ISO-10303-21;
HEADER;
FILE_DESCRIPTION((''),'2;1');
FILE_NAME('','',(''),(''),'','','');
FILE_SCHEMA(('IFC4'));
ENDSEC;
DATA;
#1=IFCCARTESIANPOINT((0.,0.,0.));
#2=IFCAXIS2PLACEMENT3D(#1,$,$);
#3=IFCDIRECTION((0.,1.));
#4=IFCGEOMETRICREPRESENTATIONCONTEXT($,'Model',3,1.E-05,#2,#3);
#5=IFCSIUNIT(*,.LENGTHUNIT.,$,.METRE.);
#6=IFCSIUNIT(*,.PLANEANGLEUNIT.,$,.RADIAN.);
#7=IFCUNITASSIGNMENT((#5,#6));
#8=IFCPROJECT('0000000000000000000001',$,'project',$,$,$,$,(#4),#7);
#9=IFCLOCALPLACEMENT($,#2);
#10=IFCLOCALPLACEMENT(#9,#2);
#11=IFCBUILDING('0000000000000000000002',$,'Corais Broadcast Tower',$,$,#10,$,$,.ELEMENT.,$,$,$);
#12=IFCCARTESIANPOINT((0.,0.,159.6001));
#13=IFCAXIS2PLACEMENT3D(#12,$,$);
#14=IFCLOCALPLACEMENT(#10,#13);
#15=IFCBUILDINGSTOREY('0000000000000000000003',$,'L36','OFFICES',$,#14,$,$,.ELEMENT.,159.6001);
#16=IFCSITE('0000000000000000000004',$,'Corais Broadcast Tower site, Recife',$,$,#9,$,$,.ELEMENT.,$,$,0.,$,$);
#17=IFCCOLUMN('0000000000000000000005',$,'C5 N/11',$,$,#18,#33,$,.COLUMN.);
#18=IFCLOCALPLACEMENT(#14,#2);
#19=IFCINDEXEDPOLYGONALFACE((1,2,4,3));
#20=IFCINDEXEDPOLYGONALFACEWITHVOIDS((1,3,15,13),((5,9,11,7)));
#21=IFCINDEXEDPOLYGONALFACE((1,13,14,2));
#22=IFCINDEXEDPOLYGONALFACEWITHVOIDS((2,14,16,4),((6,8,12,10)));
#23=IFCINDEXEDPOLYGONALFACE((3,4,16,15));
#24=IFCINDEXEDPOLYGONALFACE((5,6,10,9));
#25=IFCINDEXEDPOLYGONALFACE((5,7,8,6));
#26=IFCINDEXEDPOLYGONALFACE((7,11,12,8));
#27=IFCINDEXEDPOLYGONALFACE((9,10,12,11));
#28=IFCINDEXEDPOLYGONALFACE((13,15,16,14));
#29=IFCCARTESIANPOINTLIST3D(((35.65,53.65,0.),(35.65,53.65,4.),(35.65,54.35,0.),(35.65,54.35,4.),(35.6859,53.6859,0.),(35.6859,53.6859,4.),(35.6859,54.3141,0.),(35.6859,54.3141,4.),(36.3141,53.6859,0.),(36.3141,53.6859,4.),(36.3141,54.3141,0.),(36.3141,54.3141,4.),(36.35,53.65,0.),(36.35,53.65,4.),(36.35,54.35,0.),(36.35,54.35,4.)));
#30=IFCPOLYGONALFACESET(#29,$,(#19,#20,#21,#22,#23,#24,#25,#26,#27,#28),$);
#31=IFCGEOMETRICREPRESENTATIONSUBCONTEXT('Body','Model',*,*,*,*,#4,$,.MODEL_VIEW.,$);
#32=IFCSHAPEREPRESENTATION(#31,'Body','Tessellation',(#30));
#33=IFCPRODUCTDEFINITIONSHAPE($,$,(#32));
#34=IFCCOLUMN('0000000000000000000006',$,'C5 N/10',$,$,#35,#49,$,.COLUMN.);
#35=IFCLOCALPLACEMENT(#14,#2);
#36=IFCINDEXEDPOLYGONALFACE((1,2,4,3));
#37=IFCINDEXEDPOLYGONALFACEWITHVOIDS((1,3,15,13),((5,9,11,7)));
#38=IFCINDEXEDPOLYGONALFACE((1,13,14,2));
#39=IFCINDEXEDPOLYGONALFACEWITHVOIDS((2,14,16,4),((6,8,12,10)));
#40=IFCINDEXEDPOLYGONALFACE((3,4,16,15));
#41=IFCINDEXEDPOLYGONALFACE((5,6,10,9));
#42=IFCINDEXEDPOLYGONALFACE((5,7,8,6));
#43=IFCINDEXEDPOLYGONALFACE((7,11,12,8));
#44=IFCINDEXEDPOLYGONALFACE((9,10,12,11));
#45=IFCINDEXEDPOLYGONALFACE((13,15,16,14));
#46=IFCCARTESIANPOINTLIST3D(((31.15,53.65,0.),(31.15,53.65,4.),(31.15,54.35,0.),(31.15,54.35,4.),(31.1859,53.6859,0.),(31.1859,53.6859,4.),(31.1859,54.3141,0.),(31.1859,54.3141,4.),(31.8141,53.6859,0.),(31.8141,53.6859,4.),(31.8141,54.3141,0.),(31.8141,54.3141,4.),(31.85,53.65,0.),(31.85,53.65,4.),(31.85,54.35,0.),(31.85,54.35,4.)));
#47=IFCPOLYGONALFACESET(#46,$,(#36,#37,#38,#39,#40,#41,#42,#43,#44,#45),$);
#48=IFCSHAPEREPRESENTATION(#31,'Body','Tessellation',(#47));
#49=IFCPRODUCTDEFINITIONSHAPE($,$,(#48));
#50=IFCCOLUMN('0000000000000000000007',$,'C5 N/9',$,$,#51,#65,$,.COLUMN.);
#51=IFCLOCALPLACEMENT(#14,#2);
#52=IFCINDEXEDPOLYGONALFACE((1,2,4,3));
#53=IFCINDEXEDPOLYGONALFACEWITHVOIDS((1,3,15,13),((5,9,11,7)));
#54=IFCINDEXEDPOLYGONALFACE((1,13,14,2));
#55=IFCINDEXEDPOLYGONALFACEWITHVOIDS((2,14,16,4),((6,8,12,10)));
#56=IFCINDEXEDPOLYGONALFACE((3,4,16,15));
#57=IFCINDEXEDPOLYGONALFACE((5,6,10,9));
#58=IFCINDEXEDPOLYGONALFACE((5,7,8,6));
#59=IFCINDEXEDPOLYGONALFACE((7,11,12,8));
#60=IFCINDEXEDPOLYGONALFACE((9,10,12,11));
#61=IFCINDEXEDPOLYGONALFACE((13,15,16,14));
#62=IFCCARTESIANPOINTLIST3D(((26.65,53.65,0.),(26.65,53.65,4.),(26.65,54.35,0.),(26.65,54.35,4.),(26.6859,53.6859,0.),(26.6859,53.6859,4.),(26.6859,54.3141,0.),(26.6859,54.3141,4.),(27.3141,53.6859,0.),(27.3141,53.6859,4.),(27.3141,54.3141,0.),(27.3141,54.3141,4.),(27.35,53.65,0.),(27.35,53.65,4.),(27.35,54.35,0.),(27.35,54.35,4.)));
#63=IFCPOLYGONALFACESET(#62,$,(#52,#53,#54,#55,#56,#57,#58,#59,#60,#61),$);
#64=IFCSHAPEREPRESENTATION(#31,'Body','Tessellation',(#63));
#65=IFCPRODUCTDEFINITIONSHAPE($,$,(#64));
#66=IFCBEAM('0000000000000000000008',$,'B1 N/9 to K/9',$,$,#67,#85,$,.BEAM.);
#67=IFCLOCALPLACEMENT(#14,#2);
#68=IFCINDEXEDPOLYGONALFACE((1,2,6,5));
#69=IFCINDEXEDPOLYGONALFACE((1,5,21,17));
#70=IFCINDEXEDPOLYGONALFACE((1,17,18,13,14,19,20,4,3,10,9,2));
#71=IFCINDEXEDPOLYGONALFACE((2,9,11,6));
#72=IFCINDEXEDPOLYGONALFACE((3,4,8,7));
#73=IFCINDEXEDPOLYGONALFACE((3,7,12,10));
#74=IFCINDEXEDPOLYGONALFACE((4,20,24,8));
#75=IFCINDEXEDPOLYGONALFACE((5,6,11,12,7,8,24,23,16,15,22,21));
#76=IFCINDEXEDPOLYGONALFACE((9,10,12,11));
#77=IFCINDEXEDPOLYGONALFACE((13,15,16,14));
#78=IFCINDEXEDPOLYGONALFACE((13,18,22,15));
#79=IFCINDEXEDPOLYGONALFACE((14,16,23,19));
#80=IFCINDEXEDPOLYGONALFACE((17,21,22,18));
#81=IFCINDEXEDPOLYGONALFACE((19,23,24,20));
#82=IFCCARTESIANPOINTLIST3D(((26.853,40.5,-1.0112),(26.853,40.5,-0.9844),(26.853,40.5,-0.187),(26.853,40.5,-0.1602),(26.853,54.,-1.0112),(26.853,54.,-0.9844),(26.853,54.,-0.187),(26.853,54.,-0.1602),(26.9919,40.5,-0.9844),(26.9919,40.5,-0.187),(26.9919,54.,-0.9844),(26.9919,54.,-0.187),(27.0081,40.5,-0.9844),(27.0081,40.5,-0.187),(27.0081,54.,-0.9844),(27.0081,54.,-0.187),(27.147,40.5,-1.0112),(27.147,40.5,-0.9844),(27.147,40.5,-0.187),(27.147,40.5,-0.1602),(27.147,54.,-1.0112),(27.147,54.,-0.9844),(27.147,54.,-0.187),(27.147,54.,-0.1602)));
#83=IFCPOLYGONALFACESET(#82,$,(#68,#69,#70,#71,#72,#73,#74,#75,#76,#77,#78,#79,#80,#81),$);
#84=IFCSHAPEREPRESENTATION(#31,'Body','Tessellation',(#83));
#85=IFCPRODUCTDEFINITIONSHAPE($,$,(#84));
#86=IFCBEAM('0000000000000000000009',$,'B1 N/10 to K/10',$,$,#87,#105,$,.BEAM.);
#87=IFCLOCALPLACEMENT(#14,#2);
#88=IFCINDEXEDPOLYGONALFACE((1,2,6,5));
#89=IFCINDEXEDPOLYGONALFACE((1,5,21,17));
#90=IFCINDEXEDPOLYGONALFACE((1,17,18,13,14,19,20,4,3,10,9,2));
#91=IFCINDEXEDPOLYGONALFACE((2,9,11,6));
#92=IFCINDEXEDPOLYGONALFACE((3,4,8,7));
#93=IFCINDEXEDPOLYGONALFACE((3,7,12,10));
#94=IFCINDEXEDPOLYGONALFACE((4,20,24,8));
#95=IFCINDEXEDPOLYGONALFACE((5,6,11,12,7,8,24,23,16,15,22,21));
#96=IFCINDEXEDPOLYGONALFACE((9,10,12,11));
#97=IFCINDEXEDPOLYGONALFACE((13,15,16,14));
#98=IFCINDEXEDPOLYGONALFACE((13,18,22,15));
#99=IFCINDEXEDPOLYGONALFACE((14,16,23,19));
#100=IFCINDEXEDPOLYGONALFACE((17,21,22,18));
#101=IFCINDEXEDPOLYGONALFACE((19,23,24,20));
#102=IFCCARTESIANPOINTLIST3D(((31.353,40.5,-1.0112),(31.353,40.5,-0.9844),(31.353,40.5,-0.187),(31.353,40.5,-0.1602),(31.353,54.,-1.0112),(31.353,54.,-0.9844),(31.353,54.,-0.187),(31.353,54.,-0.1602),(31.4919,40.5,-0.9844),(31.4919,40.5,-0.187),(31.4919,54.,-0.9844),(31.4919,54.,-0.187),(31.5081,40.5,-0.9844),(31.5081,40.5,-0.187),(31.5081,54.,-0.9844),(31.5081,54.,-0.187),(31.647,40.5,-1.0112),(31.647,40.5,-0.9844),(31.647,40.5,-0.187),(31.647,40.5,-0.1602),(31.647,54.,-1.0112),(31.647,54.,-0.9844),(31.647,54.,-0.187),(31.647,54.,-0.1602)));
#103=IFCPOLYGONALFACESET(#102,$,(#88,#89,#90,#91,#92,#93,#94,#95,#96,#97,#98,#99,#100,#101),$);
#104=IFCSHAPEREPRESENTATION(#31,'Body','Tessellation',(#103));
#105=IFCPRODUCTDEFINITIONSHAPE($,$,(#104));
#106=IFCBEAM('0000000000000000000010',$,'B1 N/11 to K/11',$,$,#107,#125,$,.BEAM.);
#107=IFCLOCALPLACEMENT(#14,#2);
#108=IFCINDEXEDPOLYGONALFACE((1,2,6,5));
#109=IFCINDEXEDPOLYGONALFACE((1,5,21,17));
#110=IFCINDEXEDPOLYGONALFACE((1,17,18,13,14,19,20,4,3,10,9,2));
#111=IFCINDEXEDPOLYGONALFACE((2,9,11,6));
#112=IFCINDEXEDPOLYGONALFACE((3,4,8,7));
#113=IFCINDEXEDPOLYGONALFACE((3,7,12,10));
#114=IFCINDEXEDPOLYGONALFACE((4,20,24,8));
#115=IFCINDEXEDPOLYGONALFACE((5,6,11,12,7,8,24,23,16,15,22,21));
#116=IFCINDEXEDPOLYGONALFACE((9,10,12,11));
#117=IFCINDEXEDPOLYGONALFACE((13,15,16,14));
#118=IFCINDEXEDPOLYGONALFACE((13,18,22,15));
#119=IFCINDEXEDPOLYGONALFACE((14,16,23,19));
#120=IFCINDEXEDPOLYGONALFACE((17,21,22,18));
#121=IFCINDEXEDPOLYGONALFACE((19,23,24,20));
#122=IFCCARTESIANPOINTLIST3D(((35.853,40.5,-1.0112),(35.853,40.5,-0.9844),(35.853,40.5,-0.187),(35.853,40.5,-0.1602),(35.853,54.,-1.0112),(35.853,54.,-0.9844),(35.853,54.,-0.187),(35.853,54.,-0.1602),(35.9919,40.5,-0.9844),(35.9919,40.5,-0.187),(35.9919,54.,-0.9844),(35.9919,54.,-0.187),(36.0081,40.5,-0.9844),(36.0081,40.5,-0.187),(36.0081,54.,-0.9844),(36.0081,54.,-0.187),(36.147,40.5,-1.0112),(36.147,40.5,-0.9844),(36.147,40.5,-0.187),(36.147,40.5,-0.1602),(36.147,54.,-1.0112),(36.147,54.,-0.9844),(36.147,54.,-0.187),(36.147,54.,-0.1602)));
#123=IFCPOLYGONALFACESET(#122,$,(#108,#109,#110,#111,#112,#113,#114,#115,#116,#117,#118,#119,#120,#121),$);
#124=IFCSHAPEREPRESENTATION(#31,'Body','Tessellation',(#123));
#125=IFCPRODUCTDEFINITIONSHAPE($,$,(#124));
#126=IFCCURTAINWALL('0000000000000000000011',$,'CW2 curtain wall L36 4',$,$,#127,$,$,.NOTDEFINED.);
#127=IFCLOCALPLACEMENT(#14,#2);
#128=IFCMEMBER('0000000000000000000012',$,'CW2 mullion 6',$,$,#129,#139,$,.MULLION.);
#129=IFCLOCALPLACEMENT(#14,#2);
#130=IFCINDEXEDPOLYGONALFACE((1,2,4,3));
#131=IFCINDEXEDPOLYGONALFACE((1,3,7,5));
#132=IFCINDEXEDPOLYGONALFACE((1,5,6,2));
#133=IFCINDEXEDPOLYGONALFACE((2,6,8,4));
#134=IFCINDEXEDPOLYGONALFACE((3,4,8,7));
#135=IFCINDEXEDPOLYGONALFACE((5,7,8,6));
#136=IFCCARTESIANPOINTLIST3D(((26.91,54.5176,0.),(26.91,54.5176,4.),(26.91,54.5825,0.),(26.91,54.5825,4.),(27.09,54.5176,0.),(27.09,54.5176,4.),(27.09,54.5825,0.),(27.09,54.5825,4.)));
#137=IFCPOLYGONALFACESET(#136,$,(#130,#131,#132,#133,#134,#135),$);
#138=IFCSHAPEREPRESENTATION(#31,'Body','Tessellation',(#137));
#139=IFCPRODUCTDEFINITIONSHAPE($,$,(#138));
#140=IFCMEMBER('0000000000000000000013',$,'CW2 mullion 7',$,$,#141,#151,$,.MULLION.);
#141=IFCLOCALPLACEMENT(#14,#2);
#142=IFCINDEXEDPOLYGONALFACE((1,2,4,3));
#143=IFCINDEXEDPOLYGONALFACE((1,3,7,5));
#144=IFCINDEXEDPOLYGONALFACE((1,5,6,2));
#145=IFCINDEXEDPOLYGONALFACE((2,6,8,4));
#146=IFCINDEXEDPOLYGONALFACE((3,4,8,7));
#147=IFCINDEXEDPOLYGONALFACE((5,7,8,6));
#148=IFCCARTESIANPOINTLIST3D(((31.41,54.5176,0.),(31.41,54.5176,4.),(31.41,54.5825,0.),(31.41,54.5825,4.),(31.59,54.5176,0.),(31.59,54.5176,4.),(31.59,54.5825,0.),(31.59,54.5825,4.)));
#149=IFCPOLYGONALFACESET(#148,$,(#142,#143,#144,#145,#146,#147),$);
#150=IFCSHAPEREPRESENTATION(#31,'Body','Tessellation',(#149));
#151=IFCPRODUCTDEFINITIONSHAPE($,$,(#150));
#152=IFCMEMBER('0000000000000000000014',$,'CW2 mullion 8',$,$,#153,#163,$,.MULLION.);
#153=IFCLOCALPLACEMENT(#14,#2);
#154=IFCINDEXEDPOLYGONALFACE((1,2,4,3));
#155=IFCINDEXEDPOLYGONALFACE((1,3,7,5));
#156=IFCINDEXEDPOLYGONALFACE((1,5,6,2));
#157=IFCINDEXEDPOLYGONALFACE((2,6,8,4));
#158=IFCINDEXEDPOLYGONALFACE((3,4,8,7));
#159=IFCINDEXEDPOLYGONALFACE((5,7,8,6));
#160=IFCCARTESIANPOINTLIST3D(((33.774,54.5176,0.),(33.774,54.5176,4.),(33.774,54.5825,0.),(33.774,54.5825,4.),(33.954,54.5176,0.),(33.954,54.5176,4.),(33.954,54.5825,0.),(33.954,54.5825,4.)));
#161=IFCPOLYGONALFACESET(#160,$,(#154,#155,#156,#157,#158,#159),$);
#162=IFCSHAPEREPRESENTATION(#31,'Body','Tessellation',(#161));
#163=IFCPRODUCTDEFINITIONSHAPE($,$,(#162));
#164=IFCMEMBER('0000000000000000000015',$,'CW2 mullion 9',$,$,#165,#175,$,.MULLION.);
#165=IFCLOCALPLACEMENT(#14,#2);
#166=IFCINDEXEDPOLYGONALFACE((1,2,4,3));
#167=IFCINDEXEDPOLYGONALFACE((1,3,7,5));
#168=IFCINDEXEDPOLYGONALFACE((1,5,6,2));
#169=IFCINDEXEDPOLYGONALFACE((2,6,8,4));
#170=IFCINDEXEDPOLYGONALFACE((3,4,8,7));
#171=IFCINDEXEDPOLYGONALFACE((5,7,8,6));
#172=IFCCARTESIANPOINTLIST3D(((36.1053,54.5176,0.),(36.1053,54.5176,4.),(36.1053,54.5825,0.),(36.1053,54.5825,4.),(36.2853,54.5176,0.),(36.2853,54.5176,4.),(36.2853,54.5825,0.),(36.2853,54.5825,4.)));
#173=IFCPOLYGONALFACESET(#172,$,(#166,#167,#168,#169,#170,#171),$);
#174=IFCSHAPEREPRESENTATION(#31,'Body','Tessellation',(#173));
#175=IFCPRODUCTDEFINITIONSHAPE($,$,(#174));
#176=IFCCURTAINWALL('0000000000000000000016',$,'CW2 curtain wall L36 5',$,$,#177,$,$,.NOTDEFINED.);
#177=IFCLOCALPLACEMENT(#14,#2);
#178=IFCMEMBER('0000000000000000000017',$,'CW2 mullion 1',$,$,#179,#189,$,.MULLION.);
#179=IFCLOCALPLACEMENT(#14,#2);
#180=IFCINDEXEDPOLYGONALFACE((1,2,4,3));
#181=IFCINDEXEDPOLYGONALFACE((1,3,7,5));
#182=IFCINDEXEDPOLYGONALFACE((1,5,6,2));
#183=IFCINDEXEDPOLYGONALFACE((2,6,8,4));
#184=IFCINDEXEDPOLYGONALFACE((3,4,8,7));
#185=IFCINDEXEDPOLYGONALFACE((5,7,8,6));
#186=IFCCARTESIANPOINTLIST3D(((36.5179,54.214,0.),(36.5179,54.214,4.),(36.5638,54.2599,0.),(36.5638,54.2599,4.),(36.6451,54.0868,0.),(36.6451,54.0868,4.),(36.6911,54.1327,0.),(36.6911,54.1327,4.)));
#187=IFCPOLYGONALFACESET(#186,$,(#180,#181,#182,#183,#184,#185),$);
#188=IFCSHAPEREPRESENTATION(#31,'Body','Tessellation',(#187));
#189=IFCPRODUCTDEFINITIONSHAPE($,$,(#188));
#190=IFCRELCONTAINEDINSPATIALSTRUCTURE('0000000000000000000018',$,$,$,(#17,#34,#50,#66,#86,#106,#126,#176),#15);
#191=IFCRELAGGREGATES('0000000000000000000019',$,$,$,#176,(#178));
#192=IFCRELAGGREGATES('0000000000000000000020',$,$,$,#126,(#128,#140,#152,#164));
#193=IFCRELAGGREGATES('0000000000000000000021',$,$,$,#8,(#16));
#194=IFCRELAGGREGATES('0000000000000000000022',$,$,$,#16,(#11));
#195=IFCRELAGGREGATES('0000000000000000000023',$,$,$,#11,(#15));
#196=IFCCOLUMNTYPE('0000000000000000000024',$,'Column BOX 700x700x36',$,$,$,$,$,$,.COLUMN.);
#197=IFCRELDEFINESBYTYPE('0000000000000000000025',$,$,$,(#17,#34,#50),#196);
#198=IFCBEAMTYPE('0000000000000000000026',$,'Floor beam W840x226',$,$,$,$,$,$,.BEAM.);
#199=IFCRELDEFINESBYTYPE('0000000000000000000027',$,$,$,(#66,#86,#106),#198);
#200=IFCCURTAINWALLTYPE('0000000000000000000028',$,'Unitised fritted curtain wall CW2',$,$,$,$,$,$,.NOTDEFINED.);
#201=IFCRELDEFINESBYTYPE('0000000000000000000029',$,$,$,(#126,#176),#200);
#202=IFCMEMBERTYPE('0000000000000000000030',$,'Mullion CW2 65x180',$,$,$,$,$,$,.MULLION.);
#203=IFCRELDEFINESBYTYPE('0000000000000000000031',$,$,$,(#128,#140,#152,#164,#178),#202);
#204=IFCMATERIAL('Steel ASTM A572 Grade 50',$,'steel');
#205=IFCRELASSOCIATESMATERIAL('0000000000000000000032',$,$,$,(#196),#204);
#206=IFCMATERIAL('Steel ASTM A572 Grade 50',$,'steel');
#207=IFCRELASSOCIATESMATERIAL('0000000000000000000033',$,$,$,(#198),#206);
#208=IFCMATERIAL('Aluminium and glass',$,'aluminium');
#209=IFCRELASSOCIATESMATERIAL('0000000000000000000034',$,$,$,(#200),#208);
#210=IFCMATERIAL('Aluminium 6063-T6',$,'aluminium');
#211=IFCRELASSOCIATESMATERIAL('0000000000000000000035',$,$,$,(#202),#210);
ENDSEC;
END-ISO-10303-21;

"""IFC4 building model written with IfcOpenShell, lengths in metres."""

from ifc_helpers import new_model, si_unit, direction, frame, origin, origin_2d, place, context, subcontext, project, spatial, rectangle, hollow_rectangle, i_section, extrude, material, material_profile, profile_set, type_object, element, aggregate, save


model = new_model("IFC4")

# Units and contexts
model_context = context("Model", 3, precision=1e-05, world=origin(), true_north=direction((0.0, 1.0)))
body_context = subcontext(model_context, "Body", "Model", "MODEL_VIEW")
ifc_project = project(units=[si_unit("LENGTHUNIT", "METRE"), si_unit("PLANEANGLEUNIT", "RADIAN")], contexts=[model_context])

# Site, building, storey
site_placement = place(None, origin())
site = spatial("IfcSite", under=ifc_project, at=site_placement, Name="Corais Broadcast Tower site, Recife", CompositionType="ELEMENT", RefElevation=0.0)
building_placement = place(site_placement, origin())
building = spatial("IfcBuilding", under=site, at=building_placement, Name="Corais Broadcast Tower", CompositionType="ELEMENT")
storey_placement = place(building_placement, frame((0.0, 0.0, 159.6001)))
storey = spatial("IfcBuildingStorey", under=building, at=storey_placement, Name="L36", Description="OFFICES", CompositionType="ELEMENT", Elevation=159.6001)

# Columns
ifc_material_1 = material(Name="Steel ASTM A572 Grade 50", Category="steel")
ifc_material_profile_1 = material_profile(ifc_material_1, hollow_rectangle(XDim=0.7, YDim=0.7, WallThickness=0.0359, at=origin_2d()), Name="BOX 700x700x36")
ifc_profile_set_1 = profile_set([ifc_material_profile_1], Name="Steel ASTM A572 Grade 50")
column_type = type_object("IfcColumnType", Name="Column BOX 700x700x36", PredefinedType="COLUMN", material=ifc_profile_set_1)
for number, where, z_axis, x_axis, name in (
    (1, (36.0, 54.0, 0.0), (0.0, 0.0, 1.0), (1.0, 0.0, 0.0), "C5 N/11"),
    (2, (31.5, 54.0, 0.0), (0.0, 0.0, 1.0), (1.0, 0.0, 0.0), "C5 N/10"),
    (3, (27.0, 54.0, 0.0), (0.0, 0.0, 1.0), (1.0, 0.0, 0.0), "C5 N/9"),
):
    element("IfcColumn", number, at=place(storey_placement, frame(where, z_axis=z_axis, x_axis=x_axis)), inside=storey, type_object=column_type, Name=name, PredefinedType="COLUMN", context=body_context, shape_type="SweptSolid", body=[
        extrude(hollow_rectangle(XDim=0.7, YDim=0.7, WallThickness=0.0359, at=origin_2d()), origin(), (0.0, 0.0, 1.0), 4.0),
    ])

# Beams
ifc_material_2 = material(Name="Steel ASTM A572 Grade 50", Category="steel")
ifc_material_profile_2 = material_profile(ifc_material_2, i_section(OverallWidth=0.2939, OverallDepth=0.8511, WebThickness=0.0161, FlangeThickness=0.0269, at=origin_2d()), Name="W840x226")
ifc_profile_set_2 = profile_set([ifc_material_profile_2], Name="Steel ASTM A572 Grade 50")
beam_type_1 = type_object("IfcBeamType", Name="Floor beam W840x226", PredefinedType="BEAM", material=ifc_profile_set_2)
for number, where, z_axis, x_axis, name in (
    (4, (27.0, 54.0, -0.5857), (0.0, -1.0, 0.0), (1.0, 0.0, 0.0), "B1 N/9 to K/9"),
    (5, (31.5, 54.0, -0.5857), (0.0, -1.0, 0.0), (1.0, 0.0, 0.0), "B1 N/10 to K/10"),
    (6, (36.0, 54.0, -0.5857), (0.0, -1.0, 0.0), (1.0, 0.0, 0.0), "B1 N/11 to K/11"),
):
    element("IfcBeam", number, at=place(storey_placement, frame(where, z_axis=z_axis, x_axis=x_axis)), inside=storey, type_object=beam_type_1, Name=name, PredefinedType="BEAM", context=body_context, shape_type="SweptSolid", body=[
        extrude(i_section(OverallWidth=0.2939, OverallDepth=0.8511, WebThickness=0.0161, FlangeThickness=0.0269, at=origin_2d()), origin(), (0.0, 0.0, 1.0), 13.5),
    ])

# Curtain wall, members
ifc_material_3 = material(Name="Aluminium and glass", Category="aluminium")
curtain_wall_type = type_object("IfcCurtainWallType", Name="Unitised fritted curtain wall CW2", PredefinedType="NOTDEFINED", material=ifc_material_3)
curtain_wall_1_placement = place(storey_placement, origin())
curtain_wall_1 = element("IfcCurtainWall", 7, at=curtain_wall_1_placement, inside=storey, type_object=curtain_wall_type, Name="CW2 curtain wall L36 4", PredefinedType="NOTDEFINED")
ifc_material_4 = material(Name="Aluminium 6063-T6", Category="aluminium")
ifc_material_profile_3 = material_profile(ifc_material_4, rectangle(XDim=0.0649, YDim=0.1799, at=origin_2d()), Name="Mullion CW2 65x180")
ifc_profile_set_3 = profile_set([ifc_material_profile_3], Name="Aluminium 6063-T6")
member_type_1 = type_object("IfcMemberType", Name="Mullion CW2 65x180", PredefinedType="MULLION", material=ifc_profile_set_3)
member_1_placement = place(storey_placement, frame((27.0, 54.55, 0.0), z_axis=(0.0, 0.0, 1.0), x_axis=(0.0, 1.0, 0.0)))
member_1 = element("IfcMember", 8, at=member_1_placement, type_object=member_type_1, Name="CW2 mullion 6", PredefinedType="MULLION", context=body_context, shape_type="SweptSolid", body=[
    extrude(rectangle(XDim=0.0649, YDim=0.1799, at=origin_2d()), origin(), (0.0, 0.0, 1.0), 4.0),
])
member_2_placement = place(storey_placement, frame((31.5, 54.55, 0.0), z_axis=(0.0, 0.0, 1.0), x_axis=(0.0, 1.0, 0.0)))
member_2 = element("IfcMember", 9, at=member_2_placement, type_object=member_type_1, Name="CW2 mullion 7", PredefinedType="MULLION", context=body_context, shape_type="SweptSolid", body=[
    extrude(rectangle(XDim=0.0649, YDim=0.1799, at=origin_2d()), origin(), (0.0, 0.0, 1.0), 4.0),
])
member_3_placement = place(storey_placement, frame((33.864, 54.55, 0.0), z_axis=(0.0, 0.0, 1.0), x_axis=(0.0, 1.0, 0.0)))
member_3 = element("IfcMember", 10, at=member_3_placement, type_object=member_type_1, Name="CW2 mullion 8", PredefinedType="MULLION", context=body_context, shape_type="SweptSolid", body=[
    extrude(rectangle(XDim=0.0649, YDim=0.1799, at=origin_2d()), origin(), (0.0, 0.0, 1.0), 4.0),
])
member_4_placement = place(storey_placement, frame((36.1953, 54.55, 0.0), z_axis=(0.0, 0.0, 1.0), x_axis=(0.0, 1.0, 0.0)))
member_4 = element("IfcMember", 11, at=member_4_placement, type_object=member_type_1, Name="CW2 mullion 9", PredefinedType="MULLION", context=body_context, shape_type="SweptSolid", body=[
    extrude(rectangle(XDim=0.0649, YDim=0.1799, at=origin_2d()), origin(), (0.0, 0.0, 1.0), 4.0),
])

# Curtain wall, member
curtain_wall_2_placement = place(storey_placement, origin())
curtain_wall_2 = element("IfcCurtainWall", 12, at=curtain_wall_2_placement, inside=storey, type_object=curtain_wall_type, Name="CW2 curtain wall L36 5", PredefinedType="NOTDEFINED")
member_5_placement = place(storey_placement, frame((36.6045, 54.1733, 0.0), z_axis=(0.0, 0.0, 1.0), x_axis=(0.707107, 0.707107, 0.0)))
member_5 = element("IfcMember", 13, at=member_5_placement, type_object=member_type_1, Name="CW2 mullion 1", PredefinedType="MULLION", context=body_context, shape_type="SweptSolid", body=[
    extrude(rectangle(XDim=0.0649, YDim=0.1799, at=origin_2d()), origin(), (0.0, 0.0, 1.0), 4.0),
])

aggregate(curtain_wall_2, [member_5])

aggregate(curtain_wall_1, [member_1, member_2, member_3, member_4])

save(model, "model.ifc")
